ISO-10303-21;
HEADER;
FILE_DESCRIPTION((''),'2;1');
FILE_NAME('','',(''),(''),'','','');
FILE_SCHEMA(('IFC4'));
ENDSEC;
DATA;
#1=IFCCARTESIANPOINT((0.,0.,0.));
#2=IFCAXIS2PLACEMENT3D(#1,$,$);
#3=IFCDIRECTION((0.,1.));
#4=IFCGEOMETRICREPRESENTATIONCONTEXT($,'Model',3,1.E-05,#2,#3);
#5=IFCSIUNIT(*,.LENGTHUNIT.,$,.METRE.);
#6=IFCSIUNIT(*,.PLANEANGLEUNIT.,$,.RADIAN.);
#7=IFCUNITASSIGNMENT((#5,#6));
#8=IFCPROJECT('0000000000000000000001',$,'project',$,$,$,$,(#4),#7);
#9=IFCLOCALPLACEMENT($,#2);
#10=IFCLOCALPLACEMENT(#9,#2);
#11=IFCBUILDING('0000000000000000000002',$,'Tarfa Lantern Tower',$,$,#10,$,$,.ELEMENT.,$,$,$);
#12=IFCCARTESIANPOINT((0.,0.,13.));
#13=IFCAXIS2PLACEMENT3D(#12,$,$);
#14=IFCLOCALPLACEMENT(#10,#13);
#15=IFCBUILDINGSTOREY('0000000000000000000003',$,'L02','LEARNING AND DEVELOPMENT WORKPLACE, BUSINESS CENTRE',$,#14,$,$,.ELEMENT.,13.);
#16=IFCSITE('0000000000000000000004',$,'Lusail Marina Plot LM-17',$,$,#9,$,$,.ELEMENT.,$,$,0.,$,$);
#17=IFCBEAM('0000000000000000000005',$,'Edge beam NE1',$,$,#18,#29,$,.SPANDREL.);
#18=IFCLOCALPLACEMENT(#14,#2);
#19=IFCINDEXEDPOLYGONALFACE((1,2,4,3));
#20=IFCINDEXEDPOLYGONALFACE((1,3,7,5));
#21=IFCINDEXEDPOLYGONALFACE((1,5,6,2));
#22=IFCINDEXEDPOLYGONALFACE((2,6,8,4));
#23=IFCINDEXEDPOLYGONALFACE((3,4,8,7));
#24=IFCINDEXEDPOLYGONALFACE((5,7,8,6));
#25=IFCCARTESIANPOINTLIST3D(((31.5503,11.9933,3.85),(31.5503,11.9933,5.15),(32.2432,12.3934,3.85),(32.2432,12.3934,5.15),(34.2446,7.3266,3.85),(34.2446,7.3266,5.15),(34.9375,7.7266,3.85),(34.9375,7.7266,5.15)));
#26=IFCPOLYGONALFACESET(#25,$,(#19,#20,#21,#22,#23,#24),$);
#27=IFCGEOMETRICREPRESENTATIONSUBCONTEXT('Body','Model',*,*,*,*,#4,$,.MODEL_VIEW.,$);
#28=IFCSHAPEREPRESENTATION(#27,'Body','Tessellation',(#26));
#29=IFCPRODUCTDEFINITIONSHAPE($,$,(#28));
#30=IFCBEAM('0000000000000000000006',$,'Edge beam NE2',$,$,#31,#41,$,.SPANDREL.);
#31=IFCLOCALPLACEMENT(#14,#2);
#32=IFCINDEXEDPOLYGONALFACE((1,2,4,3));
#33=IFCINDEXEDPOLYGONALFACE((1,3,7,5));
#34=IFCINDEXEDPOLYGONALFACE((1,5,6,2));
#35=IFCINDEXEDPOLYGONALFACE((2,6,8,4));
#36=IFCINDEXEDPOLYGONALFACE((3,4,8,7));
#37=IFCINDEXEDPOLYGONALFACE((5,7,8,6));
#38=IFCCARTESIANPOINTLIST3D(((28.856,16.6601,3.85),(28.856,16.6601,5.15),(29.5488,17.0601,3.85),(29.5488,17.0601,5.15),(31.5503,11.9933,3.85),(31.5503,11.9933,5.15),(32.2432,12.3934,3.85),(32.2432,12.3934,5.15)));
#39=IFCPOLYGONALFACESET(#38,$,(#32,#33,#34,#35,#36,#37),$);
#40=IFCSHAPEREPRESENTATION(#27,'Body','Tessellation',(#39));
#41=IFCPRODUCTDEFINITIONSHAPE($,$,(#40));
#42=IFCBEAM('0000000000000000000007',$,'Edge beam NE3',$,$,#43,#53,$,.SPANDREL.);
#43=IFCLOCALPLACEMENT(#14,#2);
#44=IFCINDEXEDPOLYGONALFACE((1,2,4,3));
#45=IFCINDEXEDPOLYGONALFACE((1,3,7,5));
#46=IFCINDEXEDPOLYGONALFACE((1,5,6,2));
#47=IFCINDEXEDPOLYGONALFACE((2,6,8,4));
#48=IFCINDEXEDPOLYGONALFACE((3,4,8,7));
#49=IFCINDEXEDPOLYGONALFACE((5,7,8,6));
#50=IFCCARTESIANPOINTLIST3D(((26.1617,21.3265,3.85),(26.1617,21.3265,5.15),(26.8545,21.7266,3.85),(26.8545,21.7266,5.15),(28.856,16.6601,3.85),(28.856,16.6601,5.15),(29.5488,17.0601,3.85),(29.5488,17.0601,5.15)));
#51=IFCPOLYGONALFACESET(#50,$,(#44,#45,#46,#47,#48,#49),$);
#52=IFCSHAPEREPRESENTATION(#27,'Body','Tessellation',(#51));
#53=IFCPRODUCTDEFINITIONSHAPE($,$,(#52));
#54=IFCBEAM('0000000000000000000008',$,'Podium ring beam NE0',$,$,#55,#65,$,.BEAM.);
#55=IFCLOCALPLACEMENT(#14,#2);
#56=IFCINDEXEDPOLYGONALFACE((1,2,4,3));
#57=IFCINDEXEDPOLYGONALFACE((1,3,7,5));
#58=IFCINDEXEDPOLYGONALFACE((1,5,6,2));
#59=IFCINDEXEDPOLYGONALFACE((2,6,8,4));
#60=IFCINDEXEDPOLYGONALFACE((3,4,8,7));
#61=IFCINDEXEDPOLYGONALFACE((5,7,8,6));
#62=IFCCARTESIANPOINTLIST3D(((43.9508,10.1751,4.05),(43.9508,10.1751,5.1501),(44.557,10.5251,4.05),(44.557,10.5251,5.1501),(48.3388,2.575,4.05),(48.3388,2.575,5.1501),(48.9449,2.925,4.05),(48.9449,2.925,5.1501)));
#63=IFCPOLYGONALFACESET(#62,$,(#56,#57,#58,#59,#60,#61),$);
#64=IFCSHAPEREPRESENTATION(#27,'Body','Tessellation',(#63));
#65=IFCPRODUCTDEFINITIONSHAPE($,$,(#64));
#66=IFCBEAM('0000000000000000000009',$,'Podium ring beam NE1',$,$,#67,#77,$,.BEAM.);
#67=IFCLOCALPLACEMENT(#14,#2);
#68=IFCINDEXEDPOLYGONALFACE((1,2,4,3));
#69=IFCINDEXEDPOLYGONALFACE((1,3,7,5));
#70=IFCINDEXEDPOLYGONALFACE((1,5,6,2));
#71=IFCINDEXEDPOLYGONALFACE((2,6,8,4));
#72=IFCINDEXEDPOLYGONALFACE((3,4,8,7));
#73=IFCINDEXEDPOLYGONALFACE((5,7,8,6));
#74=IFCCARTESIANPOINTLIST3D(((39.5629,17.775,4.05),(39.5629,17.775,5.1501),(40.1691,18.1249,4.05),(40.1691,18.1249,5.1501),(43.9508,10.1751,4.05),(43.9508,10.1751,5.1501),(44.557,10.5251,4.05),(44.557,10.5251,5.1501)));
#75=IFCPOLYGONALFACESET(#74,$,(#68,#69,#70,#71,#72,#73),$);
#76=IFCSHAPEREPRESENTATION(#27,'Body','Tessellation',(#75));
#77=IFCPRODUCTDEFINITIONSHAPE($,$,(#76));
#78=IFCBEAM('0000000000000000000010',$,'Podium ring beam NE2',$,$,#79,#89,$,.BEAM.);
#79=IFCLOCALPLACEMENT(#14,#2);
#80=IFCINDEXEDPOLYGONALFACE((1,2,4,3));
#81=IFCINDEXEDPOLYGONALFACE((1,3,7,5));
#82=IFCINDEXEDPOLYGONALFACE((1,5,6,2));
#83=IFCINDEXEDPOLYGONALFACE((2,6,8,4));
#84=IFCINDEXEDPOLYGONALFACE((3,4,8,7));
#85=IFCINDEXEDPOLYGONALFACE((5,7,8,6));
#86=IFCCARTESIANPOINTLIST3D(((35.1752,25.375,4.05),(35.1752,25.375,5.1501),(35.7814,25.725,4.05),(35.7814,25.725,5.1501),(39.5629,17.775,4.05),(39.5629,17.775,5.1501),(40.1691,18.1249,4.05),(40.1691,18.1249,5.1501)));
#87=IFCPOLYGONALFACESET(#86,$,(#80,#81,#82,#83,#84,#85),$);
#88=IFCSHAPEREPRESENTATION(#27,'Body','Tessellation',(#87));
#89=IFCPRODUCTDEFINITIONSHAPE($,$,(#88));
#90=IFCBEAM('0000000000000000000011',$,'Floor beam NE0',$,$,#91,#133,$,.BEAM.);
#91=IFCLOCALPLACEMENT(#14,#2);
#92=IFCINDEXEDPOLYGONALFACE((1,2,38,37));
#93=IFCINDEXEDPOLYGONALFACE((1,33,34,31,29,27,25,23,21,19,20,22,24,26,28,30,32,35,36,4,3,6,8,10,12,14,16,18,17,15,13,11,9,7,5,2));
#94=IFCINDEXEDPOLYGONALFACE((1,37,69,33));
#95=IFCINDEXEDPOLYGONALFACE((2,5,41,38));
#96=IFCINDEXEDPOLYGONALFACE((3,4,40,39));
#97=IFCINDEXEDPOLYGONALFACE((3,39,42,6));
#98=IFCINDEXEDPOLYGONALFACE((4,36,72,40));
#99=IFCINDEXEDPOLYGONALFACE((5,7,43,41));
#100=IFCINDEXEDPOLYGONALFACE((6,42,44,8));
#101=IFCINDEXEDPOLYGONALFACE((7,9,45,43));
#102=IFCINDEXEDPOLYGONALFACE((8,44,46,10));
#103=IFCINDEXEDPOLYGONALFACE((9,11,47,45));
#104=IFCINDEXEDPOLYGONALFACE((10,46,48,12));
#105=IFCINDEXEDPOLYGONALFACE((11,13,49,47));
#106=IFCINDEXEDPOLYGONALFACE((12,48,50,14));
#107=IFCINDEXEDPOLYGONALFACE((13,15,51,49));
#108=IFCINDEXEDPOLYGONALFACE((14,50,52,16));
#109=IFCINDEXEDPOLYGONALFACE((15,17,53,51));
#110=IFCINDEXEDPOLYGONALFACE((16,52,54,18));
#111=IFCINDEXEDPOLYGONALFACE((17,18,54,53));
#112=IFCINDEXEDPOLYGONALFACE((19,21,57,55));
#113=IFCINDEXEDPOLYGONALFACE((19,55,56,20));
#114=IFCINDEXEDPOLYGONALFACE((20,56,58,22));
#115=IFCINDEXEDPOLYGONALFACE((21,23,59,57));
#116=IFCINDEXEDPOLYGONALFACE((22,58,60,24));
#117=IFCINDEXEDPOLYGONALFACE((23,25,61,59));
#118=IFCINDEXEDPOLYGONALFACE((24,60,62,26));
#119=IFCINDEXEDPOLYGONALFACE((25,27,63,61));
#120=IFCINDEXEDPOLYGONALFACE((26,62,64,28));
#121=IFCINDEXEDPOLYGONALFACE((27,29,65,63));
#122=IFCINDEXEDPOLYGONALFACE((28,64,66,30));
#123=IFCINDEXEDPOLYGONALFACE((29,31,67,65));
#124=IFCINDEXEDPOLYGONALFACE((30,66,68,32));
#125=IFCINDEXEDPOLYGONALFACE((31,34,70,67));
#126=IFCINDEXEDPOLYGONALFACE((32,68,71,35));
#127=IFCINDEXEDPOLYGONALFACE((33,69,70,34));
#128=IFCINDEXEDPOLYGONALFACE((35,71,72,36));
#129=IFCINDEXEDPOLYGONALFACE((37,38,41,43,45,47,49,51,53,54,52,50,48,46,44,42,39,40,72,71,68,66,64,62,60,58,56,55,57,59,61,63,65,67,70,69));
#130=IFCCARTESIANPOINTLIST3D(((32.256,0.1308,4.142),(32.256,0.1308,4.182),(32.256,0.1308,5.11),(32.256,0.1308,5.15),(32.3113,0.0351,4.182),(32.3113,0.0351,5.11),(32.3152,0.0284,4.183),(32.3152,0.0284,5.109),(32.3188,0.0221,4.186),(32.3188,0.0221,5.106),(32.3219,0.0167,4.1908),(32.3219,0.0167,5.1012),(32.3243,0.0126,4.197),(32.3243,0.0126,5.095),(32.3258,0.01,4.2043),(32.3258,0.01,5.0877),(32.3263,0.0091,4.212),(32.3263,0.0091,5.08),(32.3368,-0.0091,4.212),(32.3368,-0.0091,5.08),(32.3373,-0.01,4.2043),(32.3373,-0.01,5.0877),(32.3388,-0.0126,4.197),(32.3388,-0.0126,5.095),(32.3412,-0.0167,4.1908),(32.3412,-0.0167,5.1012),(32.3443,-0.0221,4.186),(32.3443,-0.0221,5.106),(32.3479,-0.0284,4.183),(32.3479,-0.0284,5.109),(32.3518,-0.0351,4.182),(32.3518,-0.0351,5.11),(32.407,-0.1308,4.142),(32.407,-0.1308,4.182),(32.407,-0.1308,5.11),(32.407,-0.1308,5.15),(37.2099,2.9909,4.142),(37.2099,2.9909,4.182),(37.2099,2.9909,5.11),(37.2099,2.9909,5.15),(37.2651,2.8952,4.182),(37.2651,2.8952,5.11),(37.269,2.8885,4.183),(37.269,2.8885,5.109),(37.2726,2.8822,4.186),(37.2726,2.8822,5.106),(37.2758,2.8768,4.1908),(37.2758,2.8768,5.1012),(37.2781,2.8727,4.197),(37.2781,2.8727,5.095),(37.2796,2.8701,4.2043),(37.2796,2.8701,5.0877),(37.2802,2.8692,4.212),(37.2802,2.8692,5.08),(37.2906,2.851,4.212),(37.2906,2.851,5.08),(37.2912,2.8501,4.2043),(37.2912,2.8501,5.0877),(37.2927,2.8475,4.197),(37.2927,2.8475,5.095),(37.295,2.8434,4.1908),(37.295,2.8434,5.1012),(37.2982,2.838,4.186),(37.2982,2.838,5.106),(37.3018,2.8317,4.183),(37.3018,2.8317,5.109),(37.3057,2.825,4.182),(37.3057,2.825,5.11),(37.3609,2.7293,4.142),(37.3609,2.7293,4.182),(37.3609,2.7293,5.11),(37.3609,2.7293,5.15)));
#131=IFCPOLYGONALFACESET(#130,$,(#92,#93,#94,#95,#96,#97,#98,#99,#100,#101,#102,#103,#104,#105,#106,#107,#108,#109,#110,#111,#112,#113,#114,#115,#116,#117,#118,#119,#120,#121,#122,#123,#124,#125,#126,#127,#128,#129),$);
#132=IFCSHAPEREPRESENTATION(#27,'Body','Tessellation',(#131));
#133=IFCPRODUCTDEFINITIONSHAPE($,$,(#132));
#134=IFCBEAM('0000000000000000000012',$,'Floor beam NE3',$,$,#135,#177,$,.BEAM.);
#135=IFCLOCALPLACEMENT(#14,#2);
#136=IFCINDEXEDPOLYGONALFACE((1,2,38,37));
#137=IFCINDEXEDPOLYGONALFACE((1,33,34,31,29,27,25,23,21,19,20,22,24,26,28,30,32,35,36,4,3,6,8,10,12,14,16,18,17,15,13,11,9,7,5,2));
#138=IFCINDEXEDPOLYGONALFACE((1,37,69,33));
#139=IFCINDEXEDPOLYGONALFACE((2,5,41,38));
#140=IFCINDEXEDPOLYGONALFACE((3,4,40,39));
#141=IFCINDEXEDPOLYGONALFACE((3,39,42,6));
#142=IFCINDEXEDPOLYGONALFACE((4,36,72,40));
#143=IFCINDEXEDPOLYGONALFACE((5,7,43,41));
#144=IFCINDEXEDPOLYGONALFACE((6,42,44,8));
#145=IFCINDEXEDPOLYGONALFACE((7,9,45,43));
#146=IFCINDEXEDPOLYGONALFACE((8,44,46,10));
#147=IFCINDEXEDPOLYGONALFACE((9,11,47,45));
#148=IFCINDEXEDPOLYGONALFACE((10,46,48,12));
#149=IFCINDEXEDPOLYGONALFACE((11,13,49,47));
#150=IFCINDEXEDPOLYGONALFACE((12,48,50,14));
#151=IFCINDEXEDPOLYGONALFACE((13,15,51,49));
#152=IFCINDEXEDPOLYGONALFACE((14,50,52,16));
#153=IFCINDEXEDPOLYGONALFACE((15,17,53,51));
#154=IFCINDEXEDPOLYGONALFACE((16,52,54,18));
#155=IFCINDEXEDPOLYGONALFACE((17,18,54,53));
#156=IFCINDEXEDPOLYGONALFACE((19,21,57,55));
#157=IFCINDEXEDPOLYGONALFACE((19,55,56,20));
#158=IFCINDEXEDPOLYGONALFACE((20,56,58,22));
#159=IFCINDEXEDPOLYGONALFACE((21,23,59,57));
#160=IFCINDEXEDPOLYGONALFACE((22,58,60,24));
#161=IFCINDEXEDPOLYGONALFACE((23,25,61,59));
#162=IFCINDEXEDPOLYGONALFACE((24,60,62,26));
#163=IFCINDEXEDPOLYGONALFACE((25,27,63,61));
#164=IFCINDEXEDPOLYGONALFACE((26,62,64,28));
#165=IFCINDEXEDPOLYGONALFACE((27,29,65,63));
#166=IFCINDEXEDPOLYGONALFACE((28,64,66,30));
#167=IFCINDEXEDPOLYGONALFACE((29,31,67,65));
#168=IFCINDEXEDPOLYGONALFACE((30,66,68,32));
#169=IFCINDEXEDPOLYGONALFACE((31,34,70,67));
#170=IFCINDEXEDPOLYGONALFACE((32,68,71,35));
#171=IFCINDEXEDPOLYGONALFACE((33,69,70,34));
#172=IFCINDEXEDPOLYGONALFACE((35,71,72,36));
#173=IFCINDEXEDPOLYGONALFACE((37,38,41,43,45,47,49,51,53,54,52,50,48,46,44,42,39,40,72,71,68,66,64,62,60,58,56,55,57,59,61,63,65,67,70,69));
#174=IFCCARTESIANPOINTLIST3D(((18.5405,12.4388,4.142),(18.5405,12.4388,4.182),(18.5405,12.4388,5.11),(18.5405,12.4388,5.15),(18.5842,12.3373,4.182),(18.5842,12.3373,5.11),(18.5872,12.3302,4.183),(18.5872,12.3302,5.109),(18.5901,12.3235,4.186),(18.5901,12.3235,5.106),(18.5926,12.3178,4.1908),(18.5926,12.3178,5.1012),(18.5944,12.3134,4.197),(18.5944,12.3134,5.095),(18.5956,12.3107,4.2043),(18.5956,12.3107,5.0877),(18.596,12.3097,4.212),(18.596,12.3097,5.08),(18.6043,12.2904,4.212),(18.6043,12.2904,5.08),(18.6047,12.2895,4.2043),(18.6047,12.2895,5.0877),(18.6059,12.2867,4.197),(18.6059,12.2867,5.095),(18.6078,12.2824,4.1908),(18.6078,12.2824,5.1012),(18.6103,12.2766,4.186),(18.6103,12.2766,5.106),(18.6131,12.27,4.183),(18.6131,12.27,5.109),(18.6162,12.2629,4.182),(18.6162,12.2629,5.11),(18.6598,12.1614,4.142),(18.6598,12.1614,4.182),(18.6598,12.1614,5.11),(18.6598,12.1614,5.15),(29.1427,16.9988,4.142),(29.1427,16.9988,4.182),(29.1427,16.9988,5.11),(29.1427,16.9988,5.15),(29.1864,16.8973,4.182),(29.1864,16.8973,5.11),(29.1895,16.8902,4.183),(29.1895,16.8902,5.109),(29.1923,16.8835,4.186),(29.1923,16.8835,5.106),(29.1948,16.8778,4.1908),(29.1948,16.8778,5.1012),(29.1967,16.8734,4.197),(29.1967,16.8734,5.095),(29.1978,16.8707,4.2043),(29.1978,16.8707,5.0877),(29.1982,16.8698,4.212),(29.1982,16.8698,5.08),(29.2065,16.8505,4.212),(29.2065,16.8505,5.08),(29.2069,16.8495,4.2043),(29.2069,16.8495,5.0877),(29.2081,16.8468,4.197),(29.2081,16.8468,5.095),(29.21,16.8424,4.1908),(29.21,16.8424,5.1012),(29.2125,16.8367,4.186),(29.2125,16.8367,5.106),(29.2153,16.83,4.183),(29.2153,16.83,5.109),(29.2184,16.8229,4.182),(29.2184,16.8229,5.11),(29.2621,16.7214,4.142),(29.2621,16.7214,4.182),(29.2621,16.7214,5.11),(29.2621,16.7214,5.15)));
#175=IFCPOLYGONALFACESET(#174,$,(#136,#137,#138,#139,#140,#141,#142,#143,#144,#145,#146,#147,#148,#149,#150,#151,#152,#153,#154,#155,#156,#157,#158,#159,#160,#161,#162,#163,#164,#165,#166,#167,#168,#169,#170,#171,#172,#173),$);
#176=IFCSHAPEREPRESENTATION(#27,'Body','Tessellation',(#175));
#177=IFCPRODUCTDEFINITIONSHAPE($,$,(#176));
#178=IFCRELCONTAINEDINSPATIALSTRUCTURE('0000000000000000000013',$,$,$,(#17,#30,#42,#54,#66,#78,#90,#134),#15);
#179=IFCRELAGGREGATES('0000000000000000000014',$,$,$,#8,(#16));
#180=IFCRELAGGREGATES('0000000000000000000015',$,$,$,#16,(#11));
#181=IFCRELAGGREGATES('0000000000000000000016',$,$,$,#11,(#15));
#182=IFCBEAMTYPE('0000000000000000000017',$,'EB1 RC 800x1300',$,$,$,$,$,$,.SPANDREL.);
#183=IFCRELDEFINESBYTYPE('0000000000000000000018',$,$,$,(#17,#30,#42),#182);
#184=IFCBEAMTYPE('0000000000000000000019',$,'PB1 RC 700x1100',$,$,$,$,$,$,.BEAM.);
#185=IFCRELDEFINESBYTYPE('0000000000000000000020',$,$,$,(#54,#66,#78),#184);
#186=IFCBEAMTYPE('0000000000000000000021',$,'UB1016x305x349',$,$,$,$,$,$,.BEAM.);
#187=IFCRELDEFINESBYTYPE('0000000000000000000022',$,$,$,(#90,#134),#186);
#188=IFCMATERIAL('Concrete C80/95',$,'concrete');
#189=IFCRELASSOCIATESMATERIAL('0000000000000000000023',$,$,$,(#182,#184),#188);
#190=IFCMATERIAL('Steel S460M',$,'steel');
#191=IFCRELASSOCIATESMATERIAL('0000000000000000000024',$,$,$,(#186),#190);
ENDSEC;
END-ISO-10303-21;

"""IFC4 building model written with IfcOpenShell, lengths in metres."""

from ifc_helpers import new_model, si_unit, direction, frame, origin, origin_2d, place, context, subcontext, project, spatial, rectangle, i_section, extrude, material, material_profile, profile_set, type_object, element, save


model = new_model("IFC4")

# Units and contexts
model_context = context("Model", 3, precision=1e-05, world=origin(), true_north=direction((0.0, 1.0)))
body_context = subcontext(model_context, "Body", "Model", "MODEL_VIEW")
ifc_project = project(units=[si_unit("LENGTHUNIT", "METRE"), si_unit("PLANEANGLEUNIT", "RADIAN")], contexts=[model_context])

# Site, building, storey
site_placement = place(None, origin())
site = spatial("IfcSite", under=ifc_project, at=site_placement, Name="Lusail Marina Plot LM-17", CompositionType="ELEMENT", RefElevation=0.0)
building_placement = place(site_placement, origin())
building = spatial("IfcBuilding", under=site, at=building_placement, Name="Tarfa Lantern Tower", CompositionType="ELEMENT")
storey_placement = place(building_placement, frame((0.0, 0.0, 13.0)))
storey = spatial("IfcBuildingStorey", under=building, at=storey_placement, Name="L02", Description="LEARNING AND DEVELOPMENT WORKPLACE, BUSINESS CENTRE", CompositionType="ELEMENT", Elevation=13.0)

# Shared definitions
ifc_material_1 = material(Name="Concrete C80/95", Category="concrete")

# Beams
ifc_material_profile_1 = material_profile(ifc_material_1, rectangle(XDim=0.8, YDim=1.3, at=origin_2d()), Name="RC 800x1300")
ifc_profile_set_1 = profile_set([ifc_material_profile_1], Name="Concrete C80/95")
beam_type_1 = type_object("IfcBeamType", Name="EB1 RC 800x1300", PredefinedType="SPANDREL", material=ifc_profile_set_1)
for number, where, z_axis, x_axis, name in (
    (1, (34.5911, 7.5266, 4.5), (-0.499998, 0.866026, 0.0), (-0.866026, -0.499998, 0.0), "Edge beam NE1"),
    (2, (31.8967, 12.1934, 4.5), (-0.499998, 0.866026, 0.0), (-0.866026, -0.499998, 0.0), "Edge beam NE2"),
):
    element("IfcBeam", number, at=place(storey_placement, frame(where, z_axis=z_axis, x_axis=x_axis)), inside=storey, type_object=beam_type_1, Name=name, PredefinedType="SPANDREL", context=body_context, shape_type="SweptSolid", body=[
        extrude(rectangle(XDim=0.8, YDim=1.3, at=origin_2d()), origin(), (0.0, 0.0, 1.0), 5.3887),
    ])
beam_1_placement = place(storey_placement, frame((29.2024, 16.8601, 4.5), z_axis=(-0.500018, 0.866015, 0.0), x_axis=(-0.866015, -0.500018, 0.0)))
element("IfcBeam", 3, at=beam_1_placement, inside=storey, type_object=beam_type_1, Name="Edge beam NE3", PredefinedType="SPANDREL", context=body_context, shape_type="SweptSolid", body=[
    extrude(rectangle(XDim=0.8, YDim=1.3, at=origin_2d()), origin(), (0.0, 0.0, 1.0), 5.3884),
])
ifc_material_profile_2 = material_profile(ifc_material_1, rectangle(XDim=0.7, YDim=1.1001, at=origin_2d()), Name="RC 700x1100")
ifc_profile_set_2 = profile_set([ifc_material_profile_2], Name="Concrete C80/95")
beam_type_2 = type_object("IfcBeamType", Name="PB1 RC 700x1100", PredefinedType="BEAM", material=ifc_profile_set_2)
beam_2_placement = place(storey_placement, frame((48.6418, 2.75, 4.6001), z_axis=(-0.500002, 0.866024, 0.0), x_axis=(-0.866024, -0.500002, 0.0)))
element("IfcBeam", 4, at=beam_2_placement, inside=storey, type_object=beam_type_2, Name="Podium ring beam NE0", PredefinedType="BEAM", context=body_context, shape_type="SweptSolid", body=[
    extrude(rectangle(XDim=0.7, YDim=1.1001, at=origin_2d()), origin(), (0.0, 0.0, 1.0), 8.7759),
])
for number, where, z_axis, x_axis, name in (
    (5, (44.2539, 10.3501, 4.6001), (-0.500014, 0.866017, 0.0), (-0.866017, -0.500014, 0.0), "Podium ring beam NE1"),
    (6, (39.866, 17.95, 4.6001), (-0.499981, 0.866036, 0.0), (-0.866036, -0.499981, 0.0), "Podium ring beam NE2"),
):
    element("IfcBeam", number, at=place(storey_placement, frame(where, z_axis=z_axis, x_axis=x_axis)), inside=storey, type_object=beam_type_2, Name=name, PredefinedType="BEAM", context=body_context, shape_type="SweptSolid", body=[
        extrude(rectangle(XDim=0.7, YDim=1.1001, at=origin_2d()), origin(), (0.0, 0.0, 1.0), 8.7756),
    ])
ifc_material_2 = material(Name="Steel S460M", Category="steel")
ifc_material_profile_3 = material_profile(ifc_material_2, i_section(OverallWidth=0.302, OverallDepth=1.0081, WebThickness=0.021, FlangeThickness=0.04, FilletRadius=0.03, at=origin_2d()), Name="UB1016x305x349")
ifc_profile_set_3 = profile_set([ifc_material_profile_3], Name="Steel S460M")
beam_type_3 = type_object("IfcBeamType", Name="UB1016x305x349", PredefinedType="BEAM", material=ifc_profile_set_3)
beam_3_placement = place(storey_placement, frame((37.2854, 2.8601, 4.646), z_axis=(-0.866026, -0.5, 0.0), x_axis=(0.5, -0.866026, 0.0)))
element("IfcBeam", 7, at=beam_3_placement, inside=storey, type_object=beam_type_3, Name="Floor beam NE0", PredefinedType="BEAM", context=body_context, shape_type="SweptSolid", body=[
    extrude(i_section(OverallWidth=0.302, OverallDepth=1.0081, WebThickness=0.021, FlangeThickness=0.04, FilletRadius=0.03, at=origin_2d()), origin(), (0.0, 0.0, 1.0), 5.7202),
])
beam_4_placement = place(storey_placement, frame((29.2024, 16.8601, 4.646), z_axis=(-0.918635, -0.395106, 0.0), x_axis=(0.395106, -0.918635, 0.0)))
element("IfcBeam", 8, at=beam_4_placement, inside=storey, type_object=beam_type_3, Name="Floor beam NE3", PredefinedType="BEAM", context=body_context, shape_type="SweptSolid", body=[
    extrude(i_section(OverallWidth=0.302, OverallDepth=1.0081, WebThickness=0.021, FlangeThickness=0.04, FilletRadius=0.03, at=origin_2d()), origin(), (0.0, 0.0, 1.0), 11.5413),
])

save(model, "model.ifc")
